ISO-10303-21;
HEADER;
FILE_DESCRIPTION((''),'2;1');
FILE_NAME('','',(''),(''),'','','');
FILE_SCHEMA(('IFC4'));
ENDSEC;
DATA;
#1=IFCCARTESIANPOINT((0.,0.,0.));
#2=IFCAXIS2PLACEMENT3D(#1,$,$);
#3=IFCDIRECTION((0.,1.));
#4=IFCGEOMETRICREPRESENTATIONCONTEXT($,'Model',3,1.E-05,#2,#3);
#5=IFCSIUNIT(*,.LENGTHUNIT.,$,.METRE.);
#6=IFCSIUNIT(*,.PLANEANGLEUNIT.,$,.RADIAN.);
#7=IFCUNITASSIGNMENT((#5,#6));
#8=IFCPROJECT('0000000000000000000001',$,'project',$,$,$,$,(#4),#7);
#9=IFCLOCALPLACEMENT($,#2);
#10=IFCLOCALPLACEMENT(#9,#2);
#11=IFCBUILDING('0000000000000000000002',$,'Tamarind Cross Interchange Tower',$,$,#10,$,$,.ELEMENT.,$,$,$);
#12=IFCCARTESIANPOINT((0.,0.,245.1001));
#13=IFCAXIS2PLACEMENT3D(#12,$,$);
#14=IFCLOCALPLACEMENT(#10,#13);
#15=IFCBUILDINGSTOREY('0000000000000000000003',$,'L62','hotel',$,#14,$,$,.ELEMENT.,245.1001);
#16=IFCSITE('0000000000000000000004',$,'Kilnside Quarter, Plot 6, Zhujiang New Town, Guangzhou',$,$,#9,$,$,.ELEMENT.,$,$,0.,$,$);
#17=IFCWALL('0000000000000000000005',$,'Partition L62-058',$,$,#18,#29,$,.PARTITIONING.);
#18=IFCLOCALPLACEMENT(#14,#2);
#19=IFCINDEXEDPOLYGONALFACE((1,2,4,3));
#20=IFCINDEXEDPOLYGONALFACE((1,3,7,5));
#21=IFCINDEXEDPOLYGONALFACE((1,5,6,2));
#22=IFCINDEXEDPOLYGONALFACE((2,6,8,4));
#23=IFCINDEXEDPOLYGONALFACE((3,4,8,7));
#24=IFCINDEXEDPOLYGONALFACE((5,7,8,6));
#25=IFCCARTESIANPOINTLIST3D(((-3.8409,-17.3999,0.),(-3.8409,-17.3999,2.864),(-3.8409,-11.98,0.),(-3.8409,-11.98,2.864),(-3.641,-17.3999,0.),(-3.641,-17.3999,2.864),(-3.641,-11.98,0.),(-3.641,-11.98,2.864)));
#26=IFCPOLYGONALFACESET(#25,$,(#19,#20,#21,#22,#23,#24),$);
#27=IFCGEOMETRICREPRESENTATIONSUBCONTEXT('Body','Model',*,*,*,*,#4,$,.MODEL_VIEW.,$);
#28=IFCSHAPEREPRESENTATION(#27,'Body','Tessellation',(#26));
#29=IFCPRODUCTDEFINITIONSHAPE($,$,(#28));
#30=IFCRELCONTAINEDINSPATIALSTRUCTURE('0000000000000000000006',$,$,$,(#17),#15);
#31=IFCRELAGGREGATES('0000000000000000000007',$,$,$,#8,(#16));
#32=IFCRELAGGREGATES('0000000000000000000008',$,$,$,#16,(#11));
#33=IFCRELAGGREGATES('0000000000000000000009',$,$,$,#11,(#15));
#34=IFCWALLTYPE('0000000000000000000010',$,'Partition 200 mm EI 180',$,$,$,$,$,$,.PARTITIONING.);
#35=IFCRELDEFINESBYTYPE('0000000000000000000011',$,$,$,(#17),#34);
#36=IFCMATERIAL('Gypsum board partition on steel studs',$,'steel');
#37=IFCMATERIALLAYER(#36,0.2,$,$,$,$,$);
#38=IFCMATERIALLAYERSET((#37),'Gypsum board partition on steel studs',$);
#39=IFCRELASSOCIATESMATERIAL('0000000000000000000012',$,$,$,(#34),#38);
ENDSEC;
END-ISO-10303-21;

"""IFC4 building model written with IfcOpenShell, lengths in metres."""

from ifc_helpers import new_model, si_unit, direction, frame, frame_2d, origin, place, context, subcontext, project, spatial, rectangle, extrude, material, layer, layer_set, type_object, element, save


model = new_model("IFC4")

# Units and contexts
model_context = context("Model", 3, precision=1e-05, world=origin(), true_north=direction((0.0, 1.0)))
body_context = subcontext(model_context, "Body", "Model", "MODEL_VIEW")
ifc_project = project(units=[si_unit("LENGTHUNIT", "METRE"), si_unit("PLANEANGLEUNIT", "RADIAN")], contexts=[model_context])

# Site, building, storey
site_placement = place(None, origin())
site = spatial("IfcSite", under=ifc_project, at=site_placement, Name="Kilnside Quarter, Plot 6, Zhujiang New Town, Guangzhou", CompositionType="ELEMENT", RefElevation=0.0)
building_placement = place(site_placement, origin())
building = spatial("IfcBuilding", under=site, at=building_placement, Name="Tamarind Cross Interchange Tower", CompositionType="ELEMENT")
storey_placement = place(building_placement, frame((0.0, 0.0, 245.1001)))
storey = spatial("IfcBuildingStorey", under=building, at=storey_placement, Name="L62", Description="hotel", CompositionType="ELEMENT", Elevation=245.1001)

# Shared definitions
ifc_material_1 = material(Name="Gypsum board partition on steel studs", Category="steel")

# Shared definitions
ifc_layer_1 = layer(ifc_material_1, 0.2)
ifc_layer_set_1 = layer_set([ifc_layer_1], Name="Gypsum board partition on steel studs")
wall_type_1 = type_object("IfcWallType", Name="Partition 200 mm EI 180", PredefinedType="PARTITIONING", material=ifc_layer_set_1)

# Wall
wall_1_placement = place(storey_placement, frame((-3.741, -17.3999, 0.0), z_axis=(0.0, 0.0, 1.0), x_axis=(0.0, 1.0, 0.0)))
element("IfcWall", 1, at=wall_1_placement, inside=storey, type_object=wall_type_1, Name="Partition L62-058", PredefinedType="PARTITIONING", context=body_context, shape_type="SweptSolid", body=[
    extrude(rectangle(XDim=5.4199, YDim=0.2, at=frame_2d((2.71, 0.0))), origin(), (0.0, 0.0, 1.0), 2.864),
])

save(model, "model.ifc")
